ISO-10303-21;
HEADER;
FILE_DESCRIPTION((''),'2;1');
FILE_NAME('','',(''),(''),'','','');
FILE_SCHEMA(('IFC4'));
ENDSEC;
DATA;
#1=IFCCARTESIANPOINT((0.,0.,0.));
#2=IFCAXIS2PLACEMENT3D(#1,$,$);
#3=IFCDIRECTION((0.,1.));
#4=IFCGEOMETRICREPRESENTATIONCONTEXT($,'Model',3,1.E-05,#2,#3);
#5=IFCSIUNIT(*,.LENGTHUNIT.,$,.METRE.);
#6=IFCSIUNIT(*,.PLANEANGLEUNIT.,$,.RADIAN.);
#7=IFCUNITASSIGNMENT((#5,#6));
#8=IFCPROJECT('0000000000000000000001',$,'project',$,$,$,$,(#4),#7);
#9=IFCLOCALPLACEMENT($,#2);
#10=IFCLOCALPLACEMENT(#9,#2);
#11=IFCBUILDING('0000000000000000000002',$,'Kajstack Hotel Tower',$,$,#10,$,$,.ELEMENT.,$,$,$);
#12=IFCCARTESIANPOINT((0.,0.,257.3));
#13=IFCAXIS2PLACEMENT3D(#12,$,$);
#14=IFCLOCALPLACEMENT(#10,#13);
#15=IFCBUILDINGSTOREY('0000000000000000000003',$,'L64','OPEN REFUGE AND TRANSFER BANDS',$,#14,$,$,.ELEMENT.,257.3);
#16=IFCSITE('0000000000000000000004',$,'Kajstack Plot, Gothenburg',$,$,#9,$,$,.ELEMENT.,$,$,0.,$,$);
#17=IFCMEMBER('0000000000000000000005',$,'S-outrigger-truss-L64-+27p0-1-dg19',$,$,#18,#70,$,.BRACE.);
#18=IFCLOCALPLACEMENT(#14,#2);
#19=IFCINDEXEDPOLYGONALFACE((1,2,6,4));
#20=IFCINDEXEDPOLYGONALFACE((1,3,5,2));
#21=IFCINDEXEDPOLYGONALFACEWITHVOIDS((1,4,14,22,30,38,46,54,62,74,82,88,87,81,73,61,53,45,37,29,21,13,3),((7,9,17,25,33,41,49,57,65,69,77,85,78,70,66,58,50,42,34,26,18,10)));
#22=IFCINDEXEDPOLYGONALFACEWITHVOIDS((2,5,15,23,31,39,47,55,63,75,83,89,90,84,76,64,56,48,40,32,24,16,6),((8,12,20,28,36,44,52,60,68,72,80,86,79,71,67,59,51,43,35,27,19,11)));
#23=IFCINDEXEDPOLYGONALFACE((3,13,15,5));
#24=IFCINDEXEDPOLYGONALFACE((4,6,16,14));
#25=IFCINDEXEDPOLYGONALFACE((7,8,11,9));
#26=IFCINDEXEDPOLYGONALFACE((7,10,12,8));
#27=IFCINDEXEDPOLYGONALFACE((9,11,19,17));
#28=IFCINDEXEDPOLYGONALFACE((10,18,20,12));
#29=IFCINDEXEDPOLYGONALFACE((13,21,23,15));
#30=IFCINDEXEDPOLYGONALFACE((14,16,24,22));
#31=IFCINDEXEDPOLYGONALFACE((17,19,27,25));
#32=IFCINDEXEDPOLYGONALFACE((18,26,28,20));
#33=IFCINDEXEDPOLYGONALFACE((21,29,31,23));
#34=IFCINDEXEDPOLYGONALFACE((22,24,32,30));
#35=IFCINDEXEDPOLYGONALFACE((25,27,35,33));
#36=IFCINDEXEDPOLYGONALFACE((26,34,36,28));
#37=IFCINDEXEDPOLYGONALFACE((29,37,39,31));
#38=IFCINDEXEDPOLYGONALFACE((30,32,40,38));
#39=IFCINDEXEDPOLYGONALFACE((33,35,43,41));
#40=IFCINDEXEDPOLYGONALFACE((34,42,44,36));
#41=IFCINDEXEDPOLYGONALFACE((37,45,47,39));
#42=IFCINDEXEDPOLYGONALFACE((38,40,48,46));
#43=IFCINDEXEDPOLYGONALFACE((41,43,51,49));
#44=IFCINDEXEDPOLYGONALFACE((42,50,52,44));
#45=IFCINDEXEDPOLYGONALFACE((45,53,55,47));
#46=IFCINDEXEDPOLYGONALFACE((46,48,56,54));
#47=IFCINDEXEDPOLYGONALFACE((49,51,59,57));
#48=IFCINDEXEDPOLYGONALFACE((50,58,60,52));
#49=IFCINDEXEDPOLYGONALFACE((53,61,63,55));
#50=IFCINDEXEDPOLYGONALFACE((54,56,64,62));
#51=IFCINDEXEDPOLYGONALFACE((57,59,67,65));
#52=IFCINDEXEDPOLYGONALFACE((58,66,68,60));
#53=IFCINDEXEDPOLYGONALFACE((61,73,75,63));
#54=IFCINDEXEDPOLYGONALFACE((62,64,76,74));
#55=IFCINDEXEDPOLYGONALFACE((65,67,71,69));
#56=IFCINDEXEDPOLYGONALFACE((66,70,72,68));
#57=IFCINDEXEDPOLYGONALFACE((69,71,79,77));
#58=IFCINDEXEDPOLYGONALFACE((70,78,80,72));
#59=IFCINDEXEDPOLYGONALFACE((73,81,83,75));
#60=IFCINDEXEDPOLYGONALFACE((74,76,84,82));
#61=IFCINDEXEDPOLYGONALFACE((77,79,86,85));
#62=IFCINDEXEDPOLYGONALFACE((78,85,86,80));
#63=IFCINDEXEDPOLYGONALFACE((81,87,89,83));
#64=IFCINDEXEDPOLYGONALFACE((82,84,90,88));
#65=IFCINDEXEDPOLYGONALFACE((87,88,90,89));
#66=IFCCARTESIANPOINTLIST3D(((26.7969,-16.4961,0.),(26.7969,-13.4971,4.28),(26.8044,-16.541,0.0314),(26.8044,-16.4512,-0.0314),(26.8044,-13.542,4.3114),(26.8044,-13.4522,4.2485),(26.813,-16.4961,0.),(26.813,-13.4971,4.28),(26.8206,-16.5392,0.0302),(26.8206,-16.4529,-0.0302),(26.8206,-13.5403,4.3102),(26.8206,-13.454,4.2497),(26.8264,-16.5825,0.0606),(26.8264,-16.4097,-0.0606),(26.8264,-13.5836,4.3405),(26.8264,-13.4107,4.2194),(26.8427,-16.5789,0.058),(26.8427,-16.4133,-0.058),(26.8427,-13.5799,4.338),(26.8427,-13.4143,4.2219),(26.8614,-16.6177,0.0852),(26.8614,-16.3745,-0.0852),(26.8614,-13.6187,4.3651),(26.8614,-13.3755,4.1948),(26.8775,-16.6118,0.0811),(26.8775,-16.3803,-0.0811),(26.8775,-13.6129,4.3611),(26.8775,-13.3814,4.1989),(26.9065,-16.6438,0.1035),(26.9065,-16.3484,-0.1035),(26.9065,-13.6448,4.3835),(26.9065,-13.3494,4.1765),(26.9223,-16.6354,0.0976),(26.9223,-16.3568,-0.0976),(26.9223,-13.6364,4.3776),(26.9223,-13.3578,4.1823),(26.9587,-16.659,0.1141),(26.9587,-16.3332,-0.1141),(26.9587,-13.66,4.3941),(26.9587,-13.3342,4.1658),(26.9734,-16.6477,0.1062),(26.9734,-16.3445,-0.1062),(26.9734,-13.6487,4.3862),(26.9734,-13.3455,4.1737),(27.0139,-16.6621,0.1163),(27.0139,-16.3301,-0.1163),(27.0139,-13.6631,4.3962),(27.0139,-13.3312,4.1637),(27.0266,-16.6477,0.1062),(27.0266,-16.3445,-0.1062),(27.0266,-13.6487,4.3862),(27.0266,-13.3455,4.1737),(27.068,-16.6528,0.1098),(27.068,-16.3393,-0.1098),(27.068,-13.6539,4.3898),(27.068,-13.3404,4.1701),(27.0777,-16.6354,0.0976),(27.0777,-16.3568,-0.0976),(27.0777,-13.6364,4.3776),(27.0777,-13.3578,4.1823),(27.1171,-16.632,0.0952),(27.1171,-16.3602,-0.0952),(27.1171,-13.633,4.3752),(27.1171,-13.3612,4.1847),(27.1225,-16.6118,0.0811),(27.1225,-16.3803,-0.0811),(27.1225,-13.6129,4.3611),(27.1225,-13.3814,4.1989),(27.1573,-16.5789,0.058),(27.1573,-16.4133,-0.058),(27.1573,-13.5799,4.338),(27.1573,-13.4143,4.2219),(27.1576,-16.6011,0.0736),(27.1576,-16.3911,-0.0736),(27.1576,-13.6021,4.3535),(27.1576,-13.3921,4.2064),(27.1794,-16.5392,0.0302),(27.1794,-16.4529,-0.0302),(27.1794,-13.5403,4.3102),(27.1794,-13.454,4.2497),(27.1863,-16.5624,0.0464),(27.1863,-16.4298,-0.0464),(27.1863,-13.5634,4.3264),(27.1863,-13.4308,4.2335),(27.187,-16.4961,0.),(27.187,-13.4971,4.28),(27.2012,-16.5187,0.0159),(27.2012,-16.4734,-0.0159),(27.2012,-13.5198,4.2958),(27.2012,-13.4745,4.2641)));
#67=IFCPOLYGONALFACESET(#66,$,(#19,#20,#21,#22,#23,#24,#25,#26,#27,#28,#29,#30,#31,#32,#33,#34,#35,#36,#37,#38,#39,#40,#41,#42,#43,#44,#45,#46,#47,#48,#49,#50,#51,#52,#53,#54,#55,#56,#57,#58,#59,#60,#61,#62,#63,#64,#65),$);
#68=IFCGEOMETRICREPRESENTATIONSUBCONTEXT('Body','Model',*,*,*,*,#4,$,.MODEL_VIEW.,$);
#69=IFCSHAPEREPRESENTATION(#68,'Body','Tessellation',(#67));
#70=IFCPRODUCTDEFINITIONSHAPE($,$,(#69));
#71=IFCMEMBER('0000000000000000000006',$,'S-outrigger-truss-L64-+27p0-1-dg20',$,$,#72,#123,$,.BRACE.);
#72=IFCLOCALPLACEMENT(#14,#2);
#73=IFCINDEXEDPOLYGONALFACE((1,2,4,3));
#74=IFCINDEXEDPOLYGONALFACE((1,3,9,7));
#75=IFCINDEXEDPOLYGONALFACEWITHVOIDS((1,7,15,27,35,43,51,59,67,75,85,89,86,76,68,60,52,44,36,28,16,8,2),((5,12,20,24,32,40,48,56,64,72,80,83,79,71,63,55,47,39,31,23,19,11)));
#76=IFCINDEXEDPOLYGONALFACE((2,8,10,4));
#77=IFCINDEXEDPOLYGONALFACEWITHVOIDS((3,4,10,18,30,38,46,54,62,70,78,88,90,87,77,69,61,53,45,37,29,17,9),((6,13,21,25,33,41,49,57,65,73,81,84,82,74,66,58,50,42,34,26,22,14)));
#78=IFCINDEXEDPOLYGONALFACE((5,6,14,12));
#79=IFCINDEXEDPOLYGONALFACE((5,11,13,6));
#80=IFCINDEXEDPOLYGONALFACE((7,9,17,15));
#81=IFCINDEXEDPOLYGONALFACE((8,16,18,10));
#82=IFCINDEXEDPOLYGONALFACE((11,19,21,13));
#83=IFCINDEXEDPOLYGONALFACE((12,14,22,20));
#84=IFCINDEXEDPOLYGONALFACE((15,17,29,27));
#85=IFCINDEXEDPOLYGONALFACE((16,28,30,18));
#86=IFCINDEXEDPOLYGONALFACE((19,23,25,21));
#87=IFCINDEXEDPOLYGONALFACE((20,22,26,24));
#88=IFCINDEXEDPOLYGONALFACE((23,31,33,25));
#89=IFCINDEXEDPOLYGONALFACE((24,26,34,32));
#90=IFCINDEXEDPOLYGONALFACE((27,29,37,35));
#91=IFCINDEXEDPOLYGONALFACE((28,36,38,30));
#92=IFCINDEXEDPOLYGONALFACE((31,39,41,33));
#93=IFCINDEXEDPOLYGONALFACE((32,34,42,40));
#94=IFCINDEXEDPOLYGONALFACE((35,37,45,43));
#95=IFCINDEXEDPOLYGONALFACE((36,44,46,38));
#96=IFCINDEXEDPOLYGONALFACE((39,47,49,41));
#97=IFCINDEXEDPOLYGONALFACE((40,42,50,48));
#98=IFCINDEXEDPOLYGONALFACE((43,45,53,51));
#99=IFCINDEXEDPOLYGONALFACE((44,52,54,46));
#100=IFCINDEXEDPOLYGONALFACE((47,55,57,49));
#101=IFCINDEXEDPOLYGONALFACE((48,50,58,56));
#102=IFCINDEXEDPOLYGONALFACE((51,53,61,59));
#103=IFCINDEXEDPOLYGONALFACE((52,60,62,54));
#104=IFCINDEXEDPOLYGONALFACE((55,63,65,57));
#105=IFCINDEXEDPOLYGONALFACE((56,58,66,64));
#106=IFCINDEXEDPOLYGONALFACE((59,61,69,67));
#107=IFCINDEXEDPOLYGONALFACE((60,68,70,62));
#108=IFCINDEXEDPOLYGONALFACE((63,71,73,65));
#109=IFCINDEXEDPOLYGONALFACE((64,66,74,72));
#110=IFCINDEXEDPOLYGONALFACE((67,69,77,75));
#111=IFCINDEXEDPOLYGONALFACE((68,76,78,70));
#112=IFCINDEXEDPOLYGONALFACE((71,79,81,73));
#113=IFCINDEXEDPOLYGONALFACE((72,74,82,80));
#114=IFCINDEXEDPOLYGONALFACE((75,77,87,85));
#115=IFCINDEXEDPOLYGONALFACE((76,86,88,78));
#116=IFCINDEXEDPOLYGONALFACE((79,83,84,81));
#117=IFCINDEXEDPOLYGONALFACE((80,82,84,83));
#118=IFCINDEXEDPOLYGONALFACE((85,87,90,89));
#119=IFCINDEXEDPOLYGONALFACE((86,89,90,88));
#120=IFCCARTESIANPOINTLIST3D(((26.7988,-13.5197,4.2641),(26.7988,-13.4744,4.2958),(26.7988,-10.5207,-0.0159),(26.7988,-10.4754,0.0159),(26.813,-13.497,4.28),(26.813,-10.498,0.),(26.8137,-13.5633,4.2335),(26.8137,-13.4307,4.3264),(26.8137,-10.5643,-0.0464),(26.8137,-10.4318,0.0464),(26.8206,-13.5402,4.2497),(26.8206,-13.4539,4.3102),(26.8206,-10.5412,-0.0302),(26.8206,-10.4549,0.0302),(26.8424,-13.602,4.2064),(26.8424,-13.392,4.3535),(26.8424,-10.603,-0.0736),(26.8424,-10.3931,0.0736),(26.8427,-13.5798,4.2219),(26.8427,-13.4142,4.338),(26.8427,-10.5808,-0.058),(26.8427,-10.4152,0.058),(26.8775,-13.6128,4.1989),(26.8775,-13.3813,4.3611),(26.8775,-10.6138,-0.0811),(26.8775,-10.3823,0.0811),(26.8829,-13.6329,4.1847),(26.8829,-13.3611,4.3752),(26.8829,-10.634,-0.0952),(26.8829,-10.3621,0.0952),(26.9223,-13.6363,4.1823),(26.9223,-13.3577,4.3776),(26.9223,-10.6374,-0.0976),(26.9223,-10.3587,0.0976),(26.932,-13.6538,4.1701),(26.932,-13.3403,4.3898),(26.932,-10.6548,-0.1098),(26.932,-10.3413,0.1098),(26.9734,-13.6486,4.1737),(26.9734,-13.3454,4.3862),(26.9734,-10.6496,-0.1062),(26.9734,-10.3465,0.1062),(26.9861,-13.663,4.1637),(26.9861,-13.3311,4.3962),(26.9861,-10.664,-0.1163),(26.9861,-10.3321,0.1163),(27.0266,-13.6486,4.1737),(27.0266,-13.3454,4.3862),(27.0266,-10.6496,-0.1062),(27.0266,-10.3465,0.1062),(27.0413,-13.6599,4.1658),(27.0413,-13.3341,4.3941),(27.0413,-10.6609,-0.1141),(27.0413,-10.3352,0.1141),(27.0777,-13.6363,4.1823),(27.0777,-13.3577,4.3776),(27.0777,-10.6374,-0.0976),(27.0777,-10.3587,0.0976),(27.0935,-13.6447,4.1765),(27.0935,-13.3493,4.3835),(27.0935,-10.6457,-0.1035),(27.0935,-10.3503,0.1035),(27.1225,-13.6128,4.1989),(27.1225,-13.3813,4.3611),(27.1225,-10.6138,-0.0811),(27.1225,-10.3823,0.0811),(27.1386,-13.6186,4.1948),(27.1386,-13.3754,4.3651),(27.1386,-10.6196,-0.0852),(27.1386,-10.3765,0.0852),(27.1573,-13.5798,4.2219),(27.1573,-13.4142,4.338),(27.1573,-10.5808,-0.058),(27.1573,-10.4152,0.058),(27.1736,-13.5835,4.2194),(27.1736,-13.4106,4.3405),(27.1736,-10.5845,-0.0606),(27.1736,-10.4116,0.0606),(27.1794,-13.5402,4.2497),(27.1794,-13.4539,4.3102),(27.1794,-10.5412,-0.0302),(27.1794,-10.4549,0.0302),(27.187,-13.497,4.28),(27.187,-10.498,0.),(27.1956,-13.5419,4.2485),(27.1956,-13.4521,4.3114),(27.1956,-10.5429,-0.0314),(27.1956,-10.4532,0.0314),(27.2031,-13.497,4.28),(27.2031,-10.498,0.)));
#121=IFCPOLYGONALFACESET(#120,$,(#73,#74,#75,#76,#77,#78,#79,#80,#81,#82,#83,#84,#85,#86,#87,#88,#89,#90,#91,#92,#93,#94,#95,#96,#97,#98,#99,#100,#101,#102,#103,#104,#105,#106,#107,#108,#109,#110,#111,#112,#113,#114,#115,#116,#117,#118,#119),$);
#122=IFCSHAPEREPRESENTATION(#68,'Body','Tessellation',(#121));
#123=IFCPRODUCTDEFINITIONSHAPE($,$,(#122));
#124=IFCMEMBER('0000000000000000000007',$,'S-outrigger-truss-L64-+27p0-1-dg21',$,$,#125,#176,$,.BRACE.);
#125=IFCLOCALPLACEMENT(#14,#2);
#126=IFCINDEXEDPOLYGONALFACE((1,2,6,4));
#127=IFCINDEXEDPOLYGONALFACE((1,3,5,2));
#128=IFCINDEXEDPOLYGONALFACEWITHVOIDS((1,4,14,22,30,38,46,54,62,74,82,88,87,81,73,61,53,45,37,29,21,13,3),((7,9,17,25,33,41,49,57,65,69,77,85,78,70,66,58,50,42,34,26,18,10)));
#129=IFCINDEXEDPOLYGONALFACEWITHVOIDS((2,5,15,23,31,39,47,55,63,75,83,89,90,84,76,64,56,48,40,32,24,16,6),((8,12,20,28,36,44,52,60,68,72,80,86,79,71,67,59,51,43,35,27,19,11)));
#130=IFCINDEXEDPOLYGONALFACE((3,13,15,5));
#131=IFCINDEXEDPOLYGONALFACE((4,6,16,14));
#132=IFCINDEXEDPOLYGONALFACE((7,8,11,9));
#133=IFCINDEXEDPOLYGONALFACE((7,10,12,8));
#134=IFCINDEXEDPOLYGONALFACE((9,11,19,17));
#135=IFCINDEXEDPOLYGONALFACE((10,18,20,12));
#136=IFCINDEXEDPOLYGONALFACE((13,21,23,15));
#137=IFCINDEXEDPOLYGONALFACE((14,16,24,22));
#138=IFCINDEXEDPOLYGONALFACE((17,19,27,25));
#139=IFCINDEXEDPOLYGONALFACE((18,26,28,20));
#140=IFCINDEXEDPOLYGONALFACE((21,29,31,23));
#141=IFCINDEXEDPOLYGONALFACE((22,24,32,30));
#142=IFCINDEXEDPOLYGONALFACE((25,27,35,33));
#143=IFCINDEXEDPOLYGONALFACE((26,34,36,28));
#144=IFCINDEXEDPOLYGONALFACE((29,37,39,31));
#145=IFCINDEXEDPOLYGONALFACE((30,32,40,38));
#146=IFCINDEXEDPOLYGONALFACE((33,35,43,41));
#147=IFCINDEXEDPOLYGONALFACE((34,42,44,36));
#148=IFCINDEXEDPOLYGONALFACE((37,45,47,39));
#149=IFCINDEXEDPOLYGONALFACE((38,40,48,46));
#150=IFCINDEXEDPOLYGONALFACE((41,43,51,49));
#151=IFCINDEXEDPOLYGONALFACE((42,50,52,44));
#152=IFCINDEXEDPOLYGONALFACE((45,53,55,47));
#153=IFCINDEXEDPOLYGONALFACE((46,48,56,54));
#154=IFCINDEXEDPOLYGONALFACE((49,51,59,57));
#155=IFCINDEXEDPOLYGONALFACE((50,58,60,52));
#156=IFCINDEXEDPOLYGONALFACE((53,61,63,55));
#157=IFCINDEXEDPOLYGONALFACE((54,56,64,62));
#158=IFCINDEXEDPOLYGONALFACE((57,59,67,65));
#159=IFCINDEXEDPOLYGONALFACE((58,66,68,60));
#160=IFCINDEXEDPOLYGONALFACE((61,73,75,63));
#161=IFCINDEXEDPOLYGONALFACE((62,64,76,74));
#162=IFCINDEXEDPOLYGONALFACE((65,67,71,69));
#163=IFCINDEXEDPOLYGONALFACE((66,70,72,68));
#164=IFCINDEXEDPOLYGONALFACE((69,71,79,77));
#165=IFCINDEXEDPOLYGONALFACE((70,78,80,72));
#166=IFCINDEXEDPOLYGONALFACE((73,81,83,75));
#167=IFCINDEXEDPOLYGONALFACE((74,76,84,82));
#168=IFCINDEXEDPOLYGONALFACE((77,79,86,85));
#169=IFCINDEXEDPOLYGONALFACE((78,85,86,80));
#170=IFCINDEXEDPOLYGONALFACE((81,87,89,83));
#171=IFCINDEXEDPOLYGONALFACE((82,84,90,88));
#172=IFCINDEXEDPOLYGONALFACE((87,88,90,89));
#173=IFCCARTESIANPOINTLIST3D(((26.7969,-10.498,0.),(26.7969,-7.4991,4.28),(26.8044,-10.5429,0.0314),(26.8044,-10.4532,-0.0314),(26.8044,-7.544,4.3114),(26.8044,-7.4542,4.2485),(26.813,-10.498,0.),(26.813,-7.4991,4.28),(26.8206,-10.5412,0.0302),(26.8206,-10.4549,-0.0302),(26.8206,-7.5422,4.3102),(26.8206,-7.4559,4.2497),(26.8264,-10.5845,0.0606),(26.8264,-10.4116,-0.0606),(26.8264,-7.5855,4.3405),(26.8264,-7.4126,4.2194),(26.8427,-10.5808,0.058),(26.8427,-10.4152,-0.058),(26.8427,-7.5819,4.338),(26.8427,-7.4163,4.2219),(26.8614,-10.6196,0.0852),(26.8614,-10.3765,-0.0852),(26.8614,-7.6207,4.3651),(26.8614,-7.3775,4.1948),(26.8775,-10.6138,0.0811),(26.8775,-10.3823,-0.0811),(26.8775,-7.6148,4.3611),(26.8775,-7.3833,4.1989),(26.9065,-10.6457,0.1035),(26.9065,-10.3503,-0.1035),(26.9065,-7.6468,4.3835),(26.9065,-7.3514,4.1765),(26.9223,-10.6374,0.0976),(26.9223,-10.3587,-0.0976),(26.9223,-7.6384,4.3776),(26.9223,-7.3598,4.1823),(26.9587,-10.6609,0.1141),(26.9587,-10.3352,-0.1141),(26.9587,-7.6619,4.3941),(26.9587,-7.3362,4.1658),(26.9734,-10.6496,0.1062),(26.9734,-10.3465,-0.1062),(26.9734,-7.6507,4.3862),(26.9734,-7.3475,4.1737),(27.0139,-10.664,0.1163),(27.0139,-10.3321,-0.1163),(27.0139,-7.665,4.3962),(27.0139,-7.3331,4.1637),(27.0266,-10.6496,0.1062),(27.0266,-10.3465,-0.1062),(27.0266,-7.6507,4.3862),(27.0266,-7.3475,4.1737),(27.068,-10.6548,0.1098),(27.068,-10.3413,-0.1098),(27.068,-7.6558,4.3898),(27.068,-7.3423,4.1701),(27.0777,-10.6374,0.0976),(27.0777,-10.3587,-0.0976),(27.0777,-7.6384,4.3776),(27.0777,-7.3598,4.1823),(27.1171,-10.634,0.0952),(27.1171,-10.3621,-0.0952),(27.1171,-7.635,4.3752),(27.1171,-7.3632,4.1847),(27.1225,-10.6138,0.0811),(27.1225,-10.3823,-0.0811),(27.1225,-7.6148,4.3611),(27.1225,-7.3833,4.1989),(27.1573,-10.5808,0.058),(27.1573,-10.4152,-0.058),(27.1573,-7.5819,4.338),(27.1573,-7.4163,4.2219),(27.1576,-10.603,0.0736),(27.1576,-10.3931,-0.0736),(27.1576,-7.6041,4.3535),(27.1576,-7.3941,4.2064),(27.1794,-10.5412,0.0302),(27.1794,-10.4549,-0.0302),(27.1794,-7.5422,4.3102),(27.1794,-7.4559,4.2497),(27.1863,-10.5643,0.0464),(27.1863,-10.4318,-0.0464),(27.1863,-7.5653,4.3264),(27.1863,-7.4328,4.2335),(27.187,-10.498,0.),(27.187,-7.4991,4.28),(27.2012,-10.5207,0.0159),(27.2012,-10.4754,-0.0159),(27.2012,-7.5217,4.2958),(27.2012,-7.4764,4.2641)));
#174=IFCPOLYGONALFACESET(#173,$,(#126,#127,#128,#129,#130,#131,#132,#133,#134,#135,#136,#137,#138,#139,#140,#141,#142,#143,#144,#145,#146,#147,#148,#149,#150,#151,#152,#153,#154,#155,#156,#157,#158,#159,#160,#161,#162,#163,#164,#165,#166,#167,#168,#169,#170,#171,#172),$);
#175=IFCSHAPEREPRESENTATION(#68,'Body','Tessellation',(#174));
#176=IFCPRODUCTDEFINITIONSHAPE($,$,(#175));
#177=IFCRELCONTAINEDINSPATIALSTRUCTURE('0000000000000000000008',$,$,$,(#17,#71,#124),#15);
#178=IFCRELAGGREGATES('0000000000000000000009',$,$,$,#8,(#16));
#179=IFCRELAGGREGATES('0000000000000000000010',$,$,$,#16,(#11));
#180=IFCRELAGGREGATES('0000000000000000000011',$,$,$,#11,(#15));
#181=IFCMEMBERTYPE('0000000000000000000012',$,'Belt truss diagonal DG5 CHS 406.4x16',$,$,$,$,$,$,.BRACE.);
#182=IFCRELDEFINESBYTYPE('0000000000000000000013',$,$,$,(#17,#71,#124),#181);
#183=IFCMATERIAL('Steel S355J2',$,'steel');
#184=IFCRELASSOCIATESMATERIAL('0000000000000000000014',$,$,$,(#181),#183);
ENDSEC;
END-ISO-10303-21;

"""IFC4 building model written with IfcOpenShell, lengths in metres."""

from ifc_helpers import new_model, si_unit, direction, frame, origin, origin_2d, place, context, subcontext, project, spatial, hollow_circle, extrude, material, material_profile, profile_set, type_object, element, save


model = new_model("IFC4")

# Units and contexts
model_context = context("Model", 3, precision=1e-05, world=origin(), true_north=direction((0.0, 1.0)))
body_context = subcontext(model_context, "Body", "Model", "MODEL_VIEW")
ifc_project = project(units=[si_unit("LENGTHUNIT", "METRE"), si_unit("PLANEANGLEUNIT", "RADIAN")], contexts=[model_context])

# Site, building, storey
site_placement = place(None, origin())
site = spatial("IfcSite", under=ifc_project, at=site_placement, Name="Kajstack Plot, Gothenburg", CompositionType="ELEMENT", RefElevation=0.0)
building_placement = place(site_placement, origin())
building = spatial("IfcBuilding", under=site, at=building_placement, Name="Kajstack Hotel Tower", CompositionType="ELEMENT")
storey_placement = place(building_placement, frame((0.0, 0.0, 257.3)))
storey = spatial("IfcBuildingStorey", under=building, at=storey_placement, Name="L64", Description="OPEN REFUGE AND TRANSFER BANDS", CompositionType="ELEMENT", Elevation=257.3)

# Members
ifc_material = material(Name="Steel S355J2", Category="steel")
ifc_material_profile_1 = material_profile(ifc_material, hollow_circle(Radius=0.2031, WallThickness=0.0161, at=origin_2d()), Name="CHS 406.4x16")
ifc_profile_set_1 = profile_set([ifc_material_profile_1], Name="Steel S355J2")
member_type_1 = type_object("IfcMemberType", Name="Belt truss diagonal DG5 CHS 406.4x16", PredefinedType="BRACE", material=ifc_profile_set_1)
for number, where, z_axis, x_axis, name in (
    (1, (27.0, -16.4961, 0.0), (0.0, 0.573848, 0.818962), (-1.0, 0.0, 0.0), "S-outrigger-truss-L64-+27p0-1-dg19"),
    (2, (27.0, -10.498, 0.0), (0.0, -0.573848, 0.818962), (1.0, 0.0, 0.0), "S-outrigger-truss-L64-+27p0-1-dg20"),
    (3, (27.0, -10.498, 0.0), (0.0, 0.573848, 0.818962), (-1.0, 0.0, 0.0), "S-outrigger-truss-L64-+27p0-1-dg21"),
):
    element("IfcMember", number, at=place(storey_placement, frame(where, z_axis=z_axis, x_axis=x_axis)), inside=storey, type_object=member_type_1, Name=name, PredefinedType="BRACE", context=body_context, shape_type="SweptSolid", body=[
        extrude(hollow_circle(Radius=0.2031, WallThickness=0.0161, at=origin_2d()), origin(), (0.0, 0.0, 1.0), 5.2261),
    ])

save(model, "model.ifc")
